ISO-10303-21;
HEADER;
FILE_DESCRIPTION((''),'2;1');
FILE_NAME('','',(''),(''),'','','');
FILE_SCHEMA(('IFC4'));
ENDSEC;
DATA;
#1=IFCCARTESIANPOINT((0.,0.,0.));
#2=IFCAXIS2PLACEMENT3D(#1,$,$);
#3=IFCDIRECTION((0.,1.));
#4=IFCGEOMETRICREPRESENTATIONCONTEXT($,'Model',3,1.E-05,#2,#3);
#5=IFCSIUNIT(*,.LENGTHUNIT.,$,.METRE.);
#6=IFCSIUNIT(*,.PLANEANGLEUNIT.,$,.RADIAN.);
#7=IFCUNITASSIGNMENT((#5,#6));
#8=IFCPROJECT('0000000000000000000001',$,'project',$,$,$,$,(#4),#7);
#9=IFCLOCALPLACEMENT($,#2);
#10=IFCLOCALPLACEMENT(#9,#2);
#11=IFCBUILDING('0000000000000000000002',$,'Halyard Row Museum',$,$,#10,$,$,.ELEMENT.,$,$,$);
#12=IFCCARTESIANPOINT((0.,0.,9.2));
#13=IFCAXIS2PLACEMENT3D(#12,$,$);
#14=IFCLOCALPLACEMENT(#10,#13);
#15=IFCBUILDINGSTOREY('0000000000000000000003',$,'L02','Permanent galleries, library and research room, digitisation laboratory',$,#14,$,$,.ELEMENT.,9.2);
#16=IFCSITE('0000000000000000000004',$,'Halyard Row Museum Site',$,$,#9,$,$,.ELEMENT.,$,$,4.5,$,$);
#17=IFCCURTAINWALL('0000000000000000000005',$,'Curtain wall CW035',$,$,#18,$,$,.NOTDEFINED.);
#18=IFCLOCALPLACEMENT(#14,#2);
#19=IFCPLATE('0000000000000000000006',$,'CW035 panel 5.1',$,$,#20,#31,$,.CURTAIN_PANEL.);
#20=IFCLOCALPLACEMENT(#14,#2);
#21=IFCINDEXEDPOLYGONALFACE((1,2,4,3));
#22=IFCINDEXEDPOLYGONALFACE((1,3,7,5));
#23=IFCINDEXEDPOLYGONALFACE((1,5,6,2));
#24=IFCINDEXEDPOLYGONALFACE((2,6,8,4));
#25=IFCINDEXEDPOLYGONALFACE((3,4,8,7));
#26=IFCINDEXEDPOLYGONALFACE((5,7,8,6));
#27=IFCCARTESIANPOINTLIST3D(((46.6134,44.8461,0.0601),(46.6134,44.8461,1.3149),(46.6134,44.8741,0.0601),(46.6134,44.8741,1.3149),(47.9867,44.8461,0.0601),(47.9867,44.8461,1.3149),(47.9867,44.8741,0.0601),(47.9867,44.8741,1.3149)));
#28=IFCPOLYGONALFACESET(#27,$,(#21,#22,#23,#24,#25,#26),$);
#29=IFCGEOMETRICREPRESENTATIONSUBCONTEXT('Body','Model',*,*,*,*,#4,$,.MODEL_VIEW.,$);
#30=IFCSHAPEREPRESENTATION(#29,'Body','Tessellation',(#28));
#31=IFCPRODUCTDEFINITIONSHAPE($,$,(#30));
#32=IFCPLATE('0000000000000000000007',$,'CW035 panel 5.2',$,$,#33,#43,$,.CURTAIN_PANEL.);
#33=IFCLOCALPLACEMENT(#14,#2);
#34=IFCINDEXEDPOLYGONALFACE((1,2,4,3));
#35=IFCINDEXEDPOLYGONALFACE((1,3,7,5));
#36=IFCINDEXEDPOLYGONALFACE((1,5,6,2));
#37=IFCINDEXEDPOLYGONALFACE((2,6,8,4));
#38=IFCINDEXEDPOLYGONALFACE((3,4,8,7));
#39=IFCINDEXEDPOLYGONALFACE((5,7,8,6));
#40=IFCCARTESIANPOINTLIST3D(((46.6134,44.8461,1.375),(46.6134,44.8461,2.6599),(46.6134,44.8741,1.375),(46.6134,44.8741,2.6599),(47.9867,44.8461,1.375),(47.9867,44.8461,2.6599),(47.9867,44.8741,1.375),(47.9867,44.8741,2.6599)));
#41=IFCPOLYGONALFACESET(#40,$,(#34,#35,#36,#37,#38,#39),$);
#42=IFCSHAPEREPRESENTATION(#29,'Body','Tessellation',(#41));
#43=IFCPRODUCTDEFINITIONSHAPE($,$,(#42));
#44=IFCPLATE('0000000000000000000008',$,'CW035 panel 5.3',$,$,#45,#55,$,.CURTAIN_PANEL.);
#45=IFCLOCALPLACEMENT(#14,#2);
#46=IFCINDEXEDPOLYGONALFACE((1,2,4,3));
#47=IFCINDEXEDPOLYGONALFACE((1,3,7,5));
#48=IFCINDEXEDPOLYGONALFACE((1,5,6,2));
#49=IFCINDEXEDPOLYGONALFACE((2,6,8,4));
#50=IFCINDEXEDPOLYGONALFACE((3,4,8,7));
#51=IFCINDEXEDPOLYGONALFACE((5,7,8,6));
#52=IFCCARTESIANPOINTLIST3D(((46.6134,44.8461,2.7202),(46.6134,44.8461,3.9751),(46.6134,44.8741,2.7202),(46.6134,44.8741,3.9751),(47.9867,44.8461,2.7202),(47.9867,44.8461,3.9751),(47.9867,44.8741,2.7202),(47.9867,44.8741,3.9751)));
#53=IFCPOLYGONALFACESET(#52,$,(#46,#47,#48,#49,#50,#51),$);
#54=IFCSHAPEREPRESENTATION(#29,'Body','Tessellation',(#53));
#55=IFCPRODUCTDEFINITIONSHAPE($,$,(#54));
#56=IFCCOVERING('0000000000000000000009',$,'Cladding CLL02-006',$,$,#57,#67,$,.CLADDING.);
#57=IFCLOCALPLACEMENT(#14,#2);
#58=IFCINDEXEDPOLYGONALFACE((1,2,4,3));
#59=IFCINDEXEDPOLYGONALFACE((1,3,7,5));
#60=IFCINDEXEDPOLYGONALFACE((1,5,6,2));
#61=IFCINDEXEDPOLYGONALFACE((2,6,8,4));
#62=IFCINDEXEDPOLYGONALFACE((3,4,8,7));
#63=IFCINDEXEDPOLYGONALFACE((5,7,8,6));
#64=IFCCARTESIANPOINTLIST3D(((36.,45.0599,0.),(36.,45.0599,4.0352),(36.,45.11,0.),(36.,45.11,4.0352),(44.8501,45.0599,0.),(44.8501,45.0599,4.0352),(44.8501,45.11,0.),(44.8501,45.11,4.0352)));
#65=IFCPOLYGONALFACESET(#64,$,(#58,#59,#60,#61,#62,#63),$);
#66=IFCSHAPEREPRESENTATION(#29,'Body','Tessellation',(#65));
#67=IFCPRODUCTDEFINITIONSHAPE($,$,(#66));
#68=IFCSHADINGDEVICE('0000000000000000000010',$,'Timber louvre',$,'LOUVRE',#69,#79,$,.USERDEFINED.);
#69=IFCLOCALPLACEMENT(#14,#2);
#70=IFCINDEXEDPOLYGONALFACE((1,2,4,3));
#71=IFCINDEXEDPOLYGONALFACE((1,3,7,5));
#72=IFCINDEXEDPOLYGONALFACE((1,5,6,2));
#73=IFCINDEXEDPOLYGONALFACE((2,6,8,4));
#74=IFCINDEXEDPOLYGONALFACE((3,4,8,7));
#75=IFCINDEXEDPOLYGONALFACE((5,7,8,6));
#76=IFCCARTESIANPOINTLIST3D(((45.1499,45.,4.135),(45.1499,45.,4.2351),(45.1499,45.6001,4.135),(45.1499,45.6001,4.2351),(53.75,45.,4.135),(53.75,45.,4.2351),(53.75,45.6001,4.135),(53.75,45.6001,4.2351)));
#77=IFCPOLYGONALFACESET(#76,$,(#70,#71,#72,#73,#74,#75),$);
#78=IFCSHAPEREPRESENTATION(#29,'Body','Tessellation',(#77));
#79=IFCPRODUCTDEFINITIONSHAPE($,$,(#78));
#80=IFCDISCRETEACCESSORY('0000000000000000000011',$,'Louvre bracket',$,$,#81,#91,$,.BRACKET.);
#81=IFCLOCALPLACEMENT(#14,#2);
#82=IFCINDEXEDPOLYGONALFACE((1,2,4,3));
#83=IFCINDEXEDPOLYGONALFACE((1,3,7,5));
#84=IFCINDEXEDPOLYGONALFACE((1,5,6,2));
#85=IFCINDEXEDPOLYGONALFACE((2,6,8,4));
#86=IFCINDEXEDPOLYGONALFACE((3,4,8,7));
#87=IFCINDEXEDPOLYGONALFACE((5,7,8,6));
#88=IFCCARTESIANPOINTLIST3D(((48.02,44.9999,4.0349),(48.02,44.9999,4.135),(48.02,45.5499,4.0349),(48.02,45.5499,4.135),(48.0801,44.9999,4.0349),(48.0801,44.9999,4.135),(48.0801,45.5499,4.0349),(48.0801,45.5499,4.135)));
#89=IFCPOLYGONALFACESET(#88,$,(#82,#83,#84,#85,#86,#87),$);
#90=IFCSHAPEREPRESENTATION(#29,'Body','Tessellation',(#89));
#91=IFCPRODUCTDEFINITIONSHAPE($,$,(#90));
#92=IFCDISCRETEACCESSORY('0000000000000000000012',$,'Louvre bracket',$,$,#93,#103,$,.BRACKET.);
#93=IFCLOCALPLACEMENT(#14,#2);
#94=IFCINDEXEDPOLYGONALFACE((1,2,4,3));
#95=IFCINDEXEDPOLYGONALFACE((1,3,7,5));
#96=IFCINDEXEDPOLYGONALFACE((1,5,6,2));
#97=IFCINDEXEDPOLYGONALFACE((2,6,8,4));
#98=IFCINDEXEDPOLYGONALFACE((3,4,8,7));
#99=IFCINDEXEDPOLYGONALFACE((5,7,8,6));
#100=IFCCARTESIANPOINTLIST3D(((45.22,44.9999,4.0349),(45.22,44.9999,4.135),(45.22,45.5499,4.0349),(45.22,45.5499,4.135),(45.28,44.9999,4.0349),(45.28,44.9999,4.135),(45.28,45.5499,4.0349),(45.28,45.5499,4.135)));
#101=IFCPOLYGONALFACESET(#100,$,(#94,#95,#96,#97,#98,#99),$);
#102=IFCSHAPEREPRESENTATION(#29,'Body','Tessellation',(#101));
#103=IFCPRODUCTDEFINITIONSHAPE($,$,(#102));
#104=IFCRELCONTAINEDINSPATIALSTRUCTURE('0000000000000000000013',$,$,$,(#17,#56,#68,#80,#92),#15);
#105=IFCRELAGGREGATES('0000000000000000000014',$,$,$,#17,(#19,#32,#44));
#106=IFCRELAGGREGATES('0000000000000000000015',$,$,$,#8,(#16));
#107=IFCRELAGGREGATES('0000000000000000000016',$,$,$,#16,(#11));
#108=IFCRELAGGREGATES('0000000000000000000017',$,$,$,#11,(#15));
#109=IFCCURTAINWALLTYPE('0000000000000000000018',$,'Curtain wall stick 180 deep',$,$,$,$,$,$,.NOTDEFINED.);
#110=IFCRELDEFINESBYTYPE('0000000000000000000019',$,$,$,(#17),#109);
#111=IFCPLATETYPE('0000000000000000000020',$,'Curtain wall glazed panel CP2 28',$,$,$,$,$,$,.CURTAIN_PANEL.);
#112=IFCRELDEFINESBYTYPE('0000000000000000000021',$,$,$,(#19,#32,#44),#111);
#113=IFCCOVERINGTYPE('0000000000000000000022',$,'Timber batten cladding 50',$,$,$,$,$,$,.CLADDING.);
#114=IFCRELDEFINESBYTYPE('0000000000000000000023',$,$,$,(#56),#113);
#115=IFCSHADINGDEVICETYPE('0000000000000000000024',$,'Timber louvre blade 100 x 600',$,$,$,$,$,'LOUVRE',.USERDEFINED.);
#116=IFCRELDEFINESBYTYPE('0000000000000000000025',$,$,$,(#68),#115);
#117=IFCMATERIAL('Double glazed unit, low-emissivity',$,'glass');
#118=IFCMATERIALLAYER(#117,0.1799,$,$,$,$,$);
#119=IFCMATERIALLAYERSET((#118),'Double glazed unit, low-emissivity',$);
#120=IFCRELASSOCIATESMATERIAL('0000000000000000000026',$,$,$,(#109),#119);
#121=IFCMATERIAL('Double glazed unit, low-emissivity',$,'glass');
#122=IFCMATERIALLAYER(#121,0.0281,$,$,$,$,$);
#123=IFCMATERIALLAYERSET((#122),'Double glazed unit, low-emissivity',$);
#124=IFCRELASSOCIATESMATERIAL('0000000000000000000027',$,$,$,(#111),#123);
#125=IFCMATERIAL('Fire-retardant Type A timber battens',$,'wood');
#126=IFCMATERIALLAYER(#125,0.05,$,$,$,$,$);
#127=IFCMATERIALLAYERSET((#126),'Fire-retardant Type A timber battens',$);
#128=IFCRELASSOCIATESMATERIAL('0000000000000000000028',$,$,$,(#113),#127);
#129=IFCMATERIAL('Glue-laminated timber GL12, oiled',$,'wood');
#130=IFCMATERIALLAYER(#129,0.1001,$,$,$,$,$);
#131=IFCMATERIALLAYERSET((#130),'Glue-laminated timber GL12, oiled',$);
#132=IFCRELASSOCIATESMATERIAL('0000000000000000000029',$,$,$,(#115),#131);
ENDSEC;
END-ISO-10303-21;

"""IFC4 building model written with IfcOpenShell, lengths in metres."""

from ifc_helpers import new_model, si_unit, direction, frame, frame_2d, origin, origin_2d, place, context, subcontext, project, spatial, rectangle, extrude, material, layer, layer_set, type_object, element, aggregate, save


model = new_model("IFC4")

# Units and contexts
model_context = context("Model", 3, precision=1e-05, world=origin(), true_north=direction((0.0, 1.0)))
body_context = subcontext(model_context, "Body", "Model", "MODEL_VIEW")
ifc_project = project(units=[si_unit("LENGTHUNIT", "METRE"), si_unit("PLANEANGLEUNIT", "RADIAN")], contexts=[model_context])

# Site, building, storey
site_placement = place(None, origin())
site = spatial("IfcSite", under=ifc_project, at=site_placement, Name="Halyard Row Museum Site", CompositionType="ELEMENT", RefElevation=4.5)
building_placement = place(site_placement, origin())
building = spatial("IfcBuilding", under=site, at=building_placement, Name="Halyard Row Museum", CompositionType="ELEMENT")
storey_placement = place(building_placement, frame((0.0, 0.0, 9.2)))
storey = spatial("IfcBuildingStorey", under=building, at=storey_placement, Name="L02", Description="Permanent galleries, library and research room, digitisation laboratory", CompositionType="ELEMENT", Elevation=9.2)

# Curtain wall
ifc_material_1 = material(Name="Double glazed unit, low-emissivity", Category="glass")
ifc_layer_1 = layer(ifc_material_1, 0.1799)
ifc_layer_set_1 = layer_set([ifc_layer_1], Name="Double glazed unit, low-emissivity")
curtain_wall_type = type_object("IfcCurtainWallType", Name="Curtain wall stick 180 deep", PredefinedType="NOTDEFINED", material=ifc_layer_set_1)
curtain_wall_placement = place(storey_placement, origin())
curtain_wall = element("IfcCurtainWall", 1, at=curtain_wall_placement, inside=storey, type_object=curtain_wall_type, Name="Curtain wall CW035", PredefinedType="NOTDEFINED")

# Plates
ifc_material_2 = material(Name="Double glazed unit, low-emissivity", Category="glass")
ifc_layer_2 = layer(ifc_material_2, 0.0281)
ifc_layer_set_2 = layer_set([ifc_layer_2], Name="Double glazed unit, low-emissivity")
plate_type = type_object("IfcPlateType", Name="Curtain wall glazed panel CP2 28", PredefinedType="CURTAIN_PANEL", material=ifc_layer_set_2)
plate_1_placement = place(storey_placement, frame((47.3, 44.8601, 0.0601), z_axis=(0.0, 0.0, 1.0), x_axis=(-1.0, 0.0, 0.0)))
plate_1 = element("IfcPlate", 2, at=plate_1_placement, type_object=plate_type, Name="CW035 panel 5.1", PredefinedType="CURTAIN_PANEL", context=body_context, shape_type="SweptSolid", body=[
    extrude(rectangle(XDim=1.3733, YDim=0.0281, at=origin_2d()), origin(), (0.0, 0.0, 1.0), 1.2549),
])
plate_2_placement = place(storey_placement, frame((47.3, 44.8601, 1.375), z_axis=(0.0, 0.0, 1.0), x_axis=(-1.0, 0.0, 0.0)))
plate_2 = element("IfcPlate", 3, at=plate_2_placement, type_object=plate_type, Name="CW035 panel 5.2", PredefinedType="CURTAIN_PANEL", context=body_context, shape_type="SweptSolid", body=[
    extrude(rectangle(XDim=1.3733, YDim=0.0281, at=origin_2d()), origin(), (0.0, 0.0, 1.0), 1.2849),
])
plate_3_placement = place(storey_placement, frame((47.3, 44.8601, 2.7202), z_axis=(0.0, 0.0, 1.0), x_axis=(-1.0, 0.0, 0.0)))
plate_3 = element("IfcPlate", 4, at=plate_3_placement, type_object=plate_type, Name="CW035 panel 5.3", PredefinedType="CURTAIN_PANEL", context=body_context, shape_type="SweptSolid", body=[
    extrude(rectangle(XDim=1.3733, YDim=0.0281, at=origin_2d()), origin(), (0.0, 0.0, 1.0), 1.2549),
])
aggregate(curtain_wall, [plate_1, plate_2, plate_3])

# Covering
ifc_material_3 = material(Name="Fire-retardant Type A timber battens", Category="wood")
ifc_layer_3 = layer(ifc_material_3, 0.05)
ifc_layer_set_3 = layer_set([ifc_layer_3], Name="Fire-retardant Type A timber battens")
covering_type = type_object("IfcCoveringType", Name="Timber batten cladding 50", PredefinedType="CLADDING", material=ifc_layer_set_3)
covering_placement = place(storey_placement, frame((44.8501, 45.085, 0.0), z_axis=(0.0, 0.0, 1.0), x_axis=(-1.0, 0.0, 0.0)))
element("IfcCovering", 5, at=covering_placement, inside=storey, type_object=covering_type, Name="Cladding CLL02-006", PredefinedType="CLADDING", context=body_context, shape_type="SweptSolid", body=[
    extrude(rectangle(XDim=8.8501, YDim=0.05, at=frame_2d((4.425, 0.0))), origin(), (0.0, 0.0, 1.0), 4.0352),
])

# Shading device
ifc_material_4 = material(Name="Glue-laminated timber GL12, oiled", Category="wood")
ifc_layer_4 = layer(ifc_material_4, 0.1001)
ifc_layer_set_4 = layer_set([ifc_layer_4], Name="Glue-laminated timber GL12, oiled")
shading_device_type = type_object("IfcShadingDeviceType", Name="Timber louvre blade 100 x 600", ElementType="LOUVRE", PredefinedType="USERDEFINED", material=ifc_layer_set_4)
shading_device_placement = place(storey_placement, frame((49.45, 45.3, 4.135), z_axis=(0.0, 0.0, 1.0), x_axis=(1.0, 0.0, 0.0)))
element("IfcShadingDevice", 6, at=shading_device_placement, inside=storey, type_object=shading_device_type, Name="Timber louvre", ObjectType="LOUVRE", PredefinedType="USERDEFINED", context=body_context, shape_type="SweptSolid", body=[
    extrude(rectangle(XDim=8.6001, YDim=0.6001, at=origin_2d()), origin(), (0.0, 0.0, 1.0), 0.1001),
])

# Discrete accessories
for number, where, z_axis, x_axis, name in (
    (7, (48.05, 45.2749, 4.0349), (0.0, 0.0, 1.0), (1.0, 0.0, 0.0), "Louvre bracket"),
    (8, (45.25, 45.2749, 4.0349), (0.0, 0.0, 1.0), (1.0, 0.0, 0.0), "Louvre bracket"),
):
    element("IfcDiscreteAccessory", number, at=place(storey_placement, frame(where, z_axis=z_axis, x_axis=x_axis)), inside=storey, Name=name, PredefinedType="BRACKET", context=body_context, shape_type="SweptSolid", body=[
        extrude(rectangle(XDim=0.0601, YDim=0.55, at=origin_2d()), origin(), (0.0, 0.0, 1.0), 0.1001),
    ])

save(model, "model.ifc")
